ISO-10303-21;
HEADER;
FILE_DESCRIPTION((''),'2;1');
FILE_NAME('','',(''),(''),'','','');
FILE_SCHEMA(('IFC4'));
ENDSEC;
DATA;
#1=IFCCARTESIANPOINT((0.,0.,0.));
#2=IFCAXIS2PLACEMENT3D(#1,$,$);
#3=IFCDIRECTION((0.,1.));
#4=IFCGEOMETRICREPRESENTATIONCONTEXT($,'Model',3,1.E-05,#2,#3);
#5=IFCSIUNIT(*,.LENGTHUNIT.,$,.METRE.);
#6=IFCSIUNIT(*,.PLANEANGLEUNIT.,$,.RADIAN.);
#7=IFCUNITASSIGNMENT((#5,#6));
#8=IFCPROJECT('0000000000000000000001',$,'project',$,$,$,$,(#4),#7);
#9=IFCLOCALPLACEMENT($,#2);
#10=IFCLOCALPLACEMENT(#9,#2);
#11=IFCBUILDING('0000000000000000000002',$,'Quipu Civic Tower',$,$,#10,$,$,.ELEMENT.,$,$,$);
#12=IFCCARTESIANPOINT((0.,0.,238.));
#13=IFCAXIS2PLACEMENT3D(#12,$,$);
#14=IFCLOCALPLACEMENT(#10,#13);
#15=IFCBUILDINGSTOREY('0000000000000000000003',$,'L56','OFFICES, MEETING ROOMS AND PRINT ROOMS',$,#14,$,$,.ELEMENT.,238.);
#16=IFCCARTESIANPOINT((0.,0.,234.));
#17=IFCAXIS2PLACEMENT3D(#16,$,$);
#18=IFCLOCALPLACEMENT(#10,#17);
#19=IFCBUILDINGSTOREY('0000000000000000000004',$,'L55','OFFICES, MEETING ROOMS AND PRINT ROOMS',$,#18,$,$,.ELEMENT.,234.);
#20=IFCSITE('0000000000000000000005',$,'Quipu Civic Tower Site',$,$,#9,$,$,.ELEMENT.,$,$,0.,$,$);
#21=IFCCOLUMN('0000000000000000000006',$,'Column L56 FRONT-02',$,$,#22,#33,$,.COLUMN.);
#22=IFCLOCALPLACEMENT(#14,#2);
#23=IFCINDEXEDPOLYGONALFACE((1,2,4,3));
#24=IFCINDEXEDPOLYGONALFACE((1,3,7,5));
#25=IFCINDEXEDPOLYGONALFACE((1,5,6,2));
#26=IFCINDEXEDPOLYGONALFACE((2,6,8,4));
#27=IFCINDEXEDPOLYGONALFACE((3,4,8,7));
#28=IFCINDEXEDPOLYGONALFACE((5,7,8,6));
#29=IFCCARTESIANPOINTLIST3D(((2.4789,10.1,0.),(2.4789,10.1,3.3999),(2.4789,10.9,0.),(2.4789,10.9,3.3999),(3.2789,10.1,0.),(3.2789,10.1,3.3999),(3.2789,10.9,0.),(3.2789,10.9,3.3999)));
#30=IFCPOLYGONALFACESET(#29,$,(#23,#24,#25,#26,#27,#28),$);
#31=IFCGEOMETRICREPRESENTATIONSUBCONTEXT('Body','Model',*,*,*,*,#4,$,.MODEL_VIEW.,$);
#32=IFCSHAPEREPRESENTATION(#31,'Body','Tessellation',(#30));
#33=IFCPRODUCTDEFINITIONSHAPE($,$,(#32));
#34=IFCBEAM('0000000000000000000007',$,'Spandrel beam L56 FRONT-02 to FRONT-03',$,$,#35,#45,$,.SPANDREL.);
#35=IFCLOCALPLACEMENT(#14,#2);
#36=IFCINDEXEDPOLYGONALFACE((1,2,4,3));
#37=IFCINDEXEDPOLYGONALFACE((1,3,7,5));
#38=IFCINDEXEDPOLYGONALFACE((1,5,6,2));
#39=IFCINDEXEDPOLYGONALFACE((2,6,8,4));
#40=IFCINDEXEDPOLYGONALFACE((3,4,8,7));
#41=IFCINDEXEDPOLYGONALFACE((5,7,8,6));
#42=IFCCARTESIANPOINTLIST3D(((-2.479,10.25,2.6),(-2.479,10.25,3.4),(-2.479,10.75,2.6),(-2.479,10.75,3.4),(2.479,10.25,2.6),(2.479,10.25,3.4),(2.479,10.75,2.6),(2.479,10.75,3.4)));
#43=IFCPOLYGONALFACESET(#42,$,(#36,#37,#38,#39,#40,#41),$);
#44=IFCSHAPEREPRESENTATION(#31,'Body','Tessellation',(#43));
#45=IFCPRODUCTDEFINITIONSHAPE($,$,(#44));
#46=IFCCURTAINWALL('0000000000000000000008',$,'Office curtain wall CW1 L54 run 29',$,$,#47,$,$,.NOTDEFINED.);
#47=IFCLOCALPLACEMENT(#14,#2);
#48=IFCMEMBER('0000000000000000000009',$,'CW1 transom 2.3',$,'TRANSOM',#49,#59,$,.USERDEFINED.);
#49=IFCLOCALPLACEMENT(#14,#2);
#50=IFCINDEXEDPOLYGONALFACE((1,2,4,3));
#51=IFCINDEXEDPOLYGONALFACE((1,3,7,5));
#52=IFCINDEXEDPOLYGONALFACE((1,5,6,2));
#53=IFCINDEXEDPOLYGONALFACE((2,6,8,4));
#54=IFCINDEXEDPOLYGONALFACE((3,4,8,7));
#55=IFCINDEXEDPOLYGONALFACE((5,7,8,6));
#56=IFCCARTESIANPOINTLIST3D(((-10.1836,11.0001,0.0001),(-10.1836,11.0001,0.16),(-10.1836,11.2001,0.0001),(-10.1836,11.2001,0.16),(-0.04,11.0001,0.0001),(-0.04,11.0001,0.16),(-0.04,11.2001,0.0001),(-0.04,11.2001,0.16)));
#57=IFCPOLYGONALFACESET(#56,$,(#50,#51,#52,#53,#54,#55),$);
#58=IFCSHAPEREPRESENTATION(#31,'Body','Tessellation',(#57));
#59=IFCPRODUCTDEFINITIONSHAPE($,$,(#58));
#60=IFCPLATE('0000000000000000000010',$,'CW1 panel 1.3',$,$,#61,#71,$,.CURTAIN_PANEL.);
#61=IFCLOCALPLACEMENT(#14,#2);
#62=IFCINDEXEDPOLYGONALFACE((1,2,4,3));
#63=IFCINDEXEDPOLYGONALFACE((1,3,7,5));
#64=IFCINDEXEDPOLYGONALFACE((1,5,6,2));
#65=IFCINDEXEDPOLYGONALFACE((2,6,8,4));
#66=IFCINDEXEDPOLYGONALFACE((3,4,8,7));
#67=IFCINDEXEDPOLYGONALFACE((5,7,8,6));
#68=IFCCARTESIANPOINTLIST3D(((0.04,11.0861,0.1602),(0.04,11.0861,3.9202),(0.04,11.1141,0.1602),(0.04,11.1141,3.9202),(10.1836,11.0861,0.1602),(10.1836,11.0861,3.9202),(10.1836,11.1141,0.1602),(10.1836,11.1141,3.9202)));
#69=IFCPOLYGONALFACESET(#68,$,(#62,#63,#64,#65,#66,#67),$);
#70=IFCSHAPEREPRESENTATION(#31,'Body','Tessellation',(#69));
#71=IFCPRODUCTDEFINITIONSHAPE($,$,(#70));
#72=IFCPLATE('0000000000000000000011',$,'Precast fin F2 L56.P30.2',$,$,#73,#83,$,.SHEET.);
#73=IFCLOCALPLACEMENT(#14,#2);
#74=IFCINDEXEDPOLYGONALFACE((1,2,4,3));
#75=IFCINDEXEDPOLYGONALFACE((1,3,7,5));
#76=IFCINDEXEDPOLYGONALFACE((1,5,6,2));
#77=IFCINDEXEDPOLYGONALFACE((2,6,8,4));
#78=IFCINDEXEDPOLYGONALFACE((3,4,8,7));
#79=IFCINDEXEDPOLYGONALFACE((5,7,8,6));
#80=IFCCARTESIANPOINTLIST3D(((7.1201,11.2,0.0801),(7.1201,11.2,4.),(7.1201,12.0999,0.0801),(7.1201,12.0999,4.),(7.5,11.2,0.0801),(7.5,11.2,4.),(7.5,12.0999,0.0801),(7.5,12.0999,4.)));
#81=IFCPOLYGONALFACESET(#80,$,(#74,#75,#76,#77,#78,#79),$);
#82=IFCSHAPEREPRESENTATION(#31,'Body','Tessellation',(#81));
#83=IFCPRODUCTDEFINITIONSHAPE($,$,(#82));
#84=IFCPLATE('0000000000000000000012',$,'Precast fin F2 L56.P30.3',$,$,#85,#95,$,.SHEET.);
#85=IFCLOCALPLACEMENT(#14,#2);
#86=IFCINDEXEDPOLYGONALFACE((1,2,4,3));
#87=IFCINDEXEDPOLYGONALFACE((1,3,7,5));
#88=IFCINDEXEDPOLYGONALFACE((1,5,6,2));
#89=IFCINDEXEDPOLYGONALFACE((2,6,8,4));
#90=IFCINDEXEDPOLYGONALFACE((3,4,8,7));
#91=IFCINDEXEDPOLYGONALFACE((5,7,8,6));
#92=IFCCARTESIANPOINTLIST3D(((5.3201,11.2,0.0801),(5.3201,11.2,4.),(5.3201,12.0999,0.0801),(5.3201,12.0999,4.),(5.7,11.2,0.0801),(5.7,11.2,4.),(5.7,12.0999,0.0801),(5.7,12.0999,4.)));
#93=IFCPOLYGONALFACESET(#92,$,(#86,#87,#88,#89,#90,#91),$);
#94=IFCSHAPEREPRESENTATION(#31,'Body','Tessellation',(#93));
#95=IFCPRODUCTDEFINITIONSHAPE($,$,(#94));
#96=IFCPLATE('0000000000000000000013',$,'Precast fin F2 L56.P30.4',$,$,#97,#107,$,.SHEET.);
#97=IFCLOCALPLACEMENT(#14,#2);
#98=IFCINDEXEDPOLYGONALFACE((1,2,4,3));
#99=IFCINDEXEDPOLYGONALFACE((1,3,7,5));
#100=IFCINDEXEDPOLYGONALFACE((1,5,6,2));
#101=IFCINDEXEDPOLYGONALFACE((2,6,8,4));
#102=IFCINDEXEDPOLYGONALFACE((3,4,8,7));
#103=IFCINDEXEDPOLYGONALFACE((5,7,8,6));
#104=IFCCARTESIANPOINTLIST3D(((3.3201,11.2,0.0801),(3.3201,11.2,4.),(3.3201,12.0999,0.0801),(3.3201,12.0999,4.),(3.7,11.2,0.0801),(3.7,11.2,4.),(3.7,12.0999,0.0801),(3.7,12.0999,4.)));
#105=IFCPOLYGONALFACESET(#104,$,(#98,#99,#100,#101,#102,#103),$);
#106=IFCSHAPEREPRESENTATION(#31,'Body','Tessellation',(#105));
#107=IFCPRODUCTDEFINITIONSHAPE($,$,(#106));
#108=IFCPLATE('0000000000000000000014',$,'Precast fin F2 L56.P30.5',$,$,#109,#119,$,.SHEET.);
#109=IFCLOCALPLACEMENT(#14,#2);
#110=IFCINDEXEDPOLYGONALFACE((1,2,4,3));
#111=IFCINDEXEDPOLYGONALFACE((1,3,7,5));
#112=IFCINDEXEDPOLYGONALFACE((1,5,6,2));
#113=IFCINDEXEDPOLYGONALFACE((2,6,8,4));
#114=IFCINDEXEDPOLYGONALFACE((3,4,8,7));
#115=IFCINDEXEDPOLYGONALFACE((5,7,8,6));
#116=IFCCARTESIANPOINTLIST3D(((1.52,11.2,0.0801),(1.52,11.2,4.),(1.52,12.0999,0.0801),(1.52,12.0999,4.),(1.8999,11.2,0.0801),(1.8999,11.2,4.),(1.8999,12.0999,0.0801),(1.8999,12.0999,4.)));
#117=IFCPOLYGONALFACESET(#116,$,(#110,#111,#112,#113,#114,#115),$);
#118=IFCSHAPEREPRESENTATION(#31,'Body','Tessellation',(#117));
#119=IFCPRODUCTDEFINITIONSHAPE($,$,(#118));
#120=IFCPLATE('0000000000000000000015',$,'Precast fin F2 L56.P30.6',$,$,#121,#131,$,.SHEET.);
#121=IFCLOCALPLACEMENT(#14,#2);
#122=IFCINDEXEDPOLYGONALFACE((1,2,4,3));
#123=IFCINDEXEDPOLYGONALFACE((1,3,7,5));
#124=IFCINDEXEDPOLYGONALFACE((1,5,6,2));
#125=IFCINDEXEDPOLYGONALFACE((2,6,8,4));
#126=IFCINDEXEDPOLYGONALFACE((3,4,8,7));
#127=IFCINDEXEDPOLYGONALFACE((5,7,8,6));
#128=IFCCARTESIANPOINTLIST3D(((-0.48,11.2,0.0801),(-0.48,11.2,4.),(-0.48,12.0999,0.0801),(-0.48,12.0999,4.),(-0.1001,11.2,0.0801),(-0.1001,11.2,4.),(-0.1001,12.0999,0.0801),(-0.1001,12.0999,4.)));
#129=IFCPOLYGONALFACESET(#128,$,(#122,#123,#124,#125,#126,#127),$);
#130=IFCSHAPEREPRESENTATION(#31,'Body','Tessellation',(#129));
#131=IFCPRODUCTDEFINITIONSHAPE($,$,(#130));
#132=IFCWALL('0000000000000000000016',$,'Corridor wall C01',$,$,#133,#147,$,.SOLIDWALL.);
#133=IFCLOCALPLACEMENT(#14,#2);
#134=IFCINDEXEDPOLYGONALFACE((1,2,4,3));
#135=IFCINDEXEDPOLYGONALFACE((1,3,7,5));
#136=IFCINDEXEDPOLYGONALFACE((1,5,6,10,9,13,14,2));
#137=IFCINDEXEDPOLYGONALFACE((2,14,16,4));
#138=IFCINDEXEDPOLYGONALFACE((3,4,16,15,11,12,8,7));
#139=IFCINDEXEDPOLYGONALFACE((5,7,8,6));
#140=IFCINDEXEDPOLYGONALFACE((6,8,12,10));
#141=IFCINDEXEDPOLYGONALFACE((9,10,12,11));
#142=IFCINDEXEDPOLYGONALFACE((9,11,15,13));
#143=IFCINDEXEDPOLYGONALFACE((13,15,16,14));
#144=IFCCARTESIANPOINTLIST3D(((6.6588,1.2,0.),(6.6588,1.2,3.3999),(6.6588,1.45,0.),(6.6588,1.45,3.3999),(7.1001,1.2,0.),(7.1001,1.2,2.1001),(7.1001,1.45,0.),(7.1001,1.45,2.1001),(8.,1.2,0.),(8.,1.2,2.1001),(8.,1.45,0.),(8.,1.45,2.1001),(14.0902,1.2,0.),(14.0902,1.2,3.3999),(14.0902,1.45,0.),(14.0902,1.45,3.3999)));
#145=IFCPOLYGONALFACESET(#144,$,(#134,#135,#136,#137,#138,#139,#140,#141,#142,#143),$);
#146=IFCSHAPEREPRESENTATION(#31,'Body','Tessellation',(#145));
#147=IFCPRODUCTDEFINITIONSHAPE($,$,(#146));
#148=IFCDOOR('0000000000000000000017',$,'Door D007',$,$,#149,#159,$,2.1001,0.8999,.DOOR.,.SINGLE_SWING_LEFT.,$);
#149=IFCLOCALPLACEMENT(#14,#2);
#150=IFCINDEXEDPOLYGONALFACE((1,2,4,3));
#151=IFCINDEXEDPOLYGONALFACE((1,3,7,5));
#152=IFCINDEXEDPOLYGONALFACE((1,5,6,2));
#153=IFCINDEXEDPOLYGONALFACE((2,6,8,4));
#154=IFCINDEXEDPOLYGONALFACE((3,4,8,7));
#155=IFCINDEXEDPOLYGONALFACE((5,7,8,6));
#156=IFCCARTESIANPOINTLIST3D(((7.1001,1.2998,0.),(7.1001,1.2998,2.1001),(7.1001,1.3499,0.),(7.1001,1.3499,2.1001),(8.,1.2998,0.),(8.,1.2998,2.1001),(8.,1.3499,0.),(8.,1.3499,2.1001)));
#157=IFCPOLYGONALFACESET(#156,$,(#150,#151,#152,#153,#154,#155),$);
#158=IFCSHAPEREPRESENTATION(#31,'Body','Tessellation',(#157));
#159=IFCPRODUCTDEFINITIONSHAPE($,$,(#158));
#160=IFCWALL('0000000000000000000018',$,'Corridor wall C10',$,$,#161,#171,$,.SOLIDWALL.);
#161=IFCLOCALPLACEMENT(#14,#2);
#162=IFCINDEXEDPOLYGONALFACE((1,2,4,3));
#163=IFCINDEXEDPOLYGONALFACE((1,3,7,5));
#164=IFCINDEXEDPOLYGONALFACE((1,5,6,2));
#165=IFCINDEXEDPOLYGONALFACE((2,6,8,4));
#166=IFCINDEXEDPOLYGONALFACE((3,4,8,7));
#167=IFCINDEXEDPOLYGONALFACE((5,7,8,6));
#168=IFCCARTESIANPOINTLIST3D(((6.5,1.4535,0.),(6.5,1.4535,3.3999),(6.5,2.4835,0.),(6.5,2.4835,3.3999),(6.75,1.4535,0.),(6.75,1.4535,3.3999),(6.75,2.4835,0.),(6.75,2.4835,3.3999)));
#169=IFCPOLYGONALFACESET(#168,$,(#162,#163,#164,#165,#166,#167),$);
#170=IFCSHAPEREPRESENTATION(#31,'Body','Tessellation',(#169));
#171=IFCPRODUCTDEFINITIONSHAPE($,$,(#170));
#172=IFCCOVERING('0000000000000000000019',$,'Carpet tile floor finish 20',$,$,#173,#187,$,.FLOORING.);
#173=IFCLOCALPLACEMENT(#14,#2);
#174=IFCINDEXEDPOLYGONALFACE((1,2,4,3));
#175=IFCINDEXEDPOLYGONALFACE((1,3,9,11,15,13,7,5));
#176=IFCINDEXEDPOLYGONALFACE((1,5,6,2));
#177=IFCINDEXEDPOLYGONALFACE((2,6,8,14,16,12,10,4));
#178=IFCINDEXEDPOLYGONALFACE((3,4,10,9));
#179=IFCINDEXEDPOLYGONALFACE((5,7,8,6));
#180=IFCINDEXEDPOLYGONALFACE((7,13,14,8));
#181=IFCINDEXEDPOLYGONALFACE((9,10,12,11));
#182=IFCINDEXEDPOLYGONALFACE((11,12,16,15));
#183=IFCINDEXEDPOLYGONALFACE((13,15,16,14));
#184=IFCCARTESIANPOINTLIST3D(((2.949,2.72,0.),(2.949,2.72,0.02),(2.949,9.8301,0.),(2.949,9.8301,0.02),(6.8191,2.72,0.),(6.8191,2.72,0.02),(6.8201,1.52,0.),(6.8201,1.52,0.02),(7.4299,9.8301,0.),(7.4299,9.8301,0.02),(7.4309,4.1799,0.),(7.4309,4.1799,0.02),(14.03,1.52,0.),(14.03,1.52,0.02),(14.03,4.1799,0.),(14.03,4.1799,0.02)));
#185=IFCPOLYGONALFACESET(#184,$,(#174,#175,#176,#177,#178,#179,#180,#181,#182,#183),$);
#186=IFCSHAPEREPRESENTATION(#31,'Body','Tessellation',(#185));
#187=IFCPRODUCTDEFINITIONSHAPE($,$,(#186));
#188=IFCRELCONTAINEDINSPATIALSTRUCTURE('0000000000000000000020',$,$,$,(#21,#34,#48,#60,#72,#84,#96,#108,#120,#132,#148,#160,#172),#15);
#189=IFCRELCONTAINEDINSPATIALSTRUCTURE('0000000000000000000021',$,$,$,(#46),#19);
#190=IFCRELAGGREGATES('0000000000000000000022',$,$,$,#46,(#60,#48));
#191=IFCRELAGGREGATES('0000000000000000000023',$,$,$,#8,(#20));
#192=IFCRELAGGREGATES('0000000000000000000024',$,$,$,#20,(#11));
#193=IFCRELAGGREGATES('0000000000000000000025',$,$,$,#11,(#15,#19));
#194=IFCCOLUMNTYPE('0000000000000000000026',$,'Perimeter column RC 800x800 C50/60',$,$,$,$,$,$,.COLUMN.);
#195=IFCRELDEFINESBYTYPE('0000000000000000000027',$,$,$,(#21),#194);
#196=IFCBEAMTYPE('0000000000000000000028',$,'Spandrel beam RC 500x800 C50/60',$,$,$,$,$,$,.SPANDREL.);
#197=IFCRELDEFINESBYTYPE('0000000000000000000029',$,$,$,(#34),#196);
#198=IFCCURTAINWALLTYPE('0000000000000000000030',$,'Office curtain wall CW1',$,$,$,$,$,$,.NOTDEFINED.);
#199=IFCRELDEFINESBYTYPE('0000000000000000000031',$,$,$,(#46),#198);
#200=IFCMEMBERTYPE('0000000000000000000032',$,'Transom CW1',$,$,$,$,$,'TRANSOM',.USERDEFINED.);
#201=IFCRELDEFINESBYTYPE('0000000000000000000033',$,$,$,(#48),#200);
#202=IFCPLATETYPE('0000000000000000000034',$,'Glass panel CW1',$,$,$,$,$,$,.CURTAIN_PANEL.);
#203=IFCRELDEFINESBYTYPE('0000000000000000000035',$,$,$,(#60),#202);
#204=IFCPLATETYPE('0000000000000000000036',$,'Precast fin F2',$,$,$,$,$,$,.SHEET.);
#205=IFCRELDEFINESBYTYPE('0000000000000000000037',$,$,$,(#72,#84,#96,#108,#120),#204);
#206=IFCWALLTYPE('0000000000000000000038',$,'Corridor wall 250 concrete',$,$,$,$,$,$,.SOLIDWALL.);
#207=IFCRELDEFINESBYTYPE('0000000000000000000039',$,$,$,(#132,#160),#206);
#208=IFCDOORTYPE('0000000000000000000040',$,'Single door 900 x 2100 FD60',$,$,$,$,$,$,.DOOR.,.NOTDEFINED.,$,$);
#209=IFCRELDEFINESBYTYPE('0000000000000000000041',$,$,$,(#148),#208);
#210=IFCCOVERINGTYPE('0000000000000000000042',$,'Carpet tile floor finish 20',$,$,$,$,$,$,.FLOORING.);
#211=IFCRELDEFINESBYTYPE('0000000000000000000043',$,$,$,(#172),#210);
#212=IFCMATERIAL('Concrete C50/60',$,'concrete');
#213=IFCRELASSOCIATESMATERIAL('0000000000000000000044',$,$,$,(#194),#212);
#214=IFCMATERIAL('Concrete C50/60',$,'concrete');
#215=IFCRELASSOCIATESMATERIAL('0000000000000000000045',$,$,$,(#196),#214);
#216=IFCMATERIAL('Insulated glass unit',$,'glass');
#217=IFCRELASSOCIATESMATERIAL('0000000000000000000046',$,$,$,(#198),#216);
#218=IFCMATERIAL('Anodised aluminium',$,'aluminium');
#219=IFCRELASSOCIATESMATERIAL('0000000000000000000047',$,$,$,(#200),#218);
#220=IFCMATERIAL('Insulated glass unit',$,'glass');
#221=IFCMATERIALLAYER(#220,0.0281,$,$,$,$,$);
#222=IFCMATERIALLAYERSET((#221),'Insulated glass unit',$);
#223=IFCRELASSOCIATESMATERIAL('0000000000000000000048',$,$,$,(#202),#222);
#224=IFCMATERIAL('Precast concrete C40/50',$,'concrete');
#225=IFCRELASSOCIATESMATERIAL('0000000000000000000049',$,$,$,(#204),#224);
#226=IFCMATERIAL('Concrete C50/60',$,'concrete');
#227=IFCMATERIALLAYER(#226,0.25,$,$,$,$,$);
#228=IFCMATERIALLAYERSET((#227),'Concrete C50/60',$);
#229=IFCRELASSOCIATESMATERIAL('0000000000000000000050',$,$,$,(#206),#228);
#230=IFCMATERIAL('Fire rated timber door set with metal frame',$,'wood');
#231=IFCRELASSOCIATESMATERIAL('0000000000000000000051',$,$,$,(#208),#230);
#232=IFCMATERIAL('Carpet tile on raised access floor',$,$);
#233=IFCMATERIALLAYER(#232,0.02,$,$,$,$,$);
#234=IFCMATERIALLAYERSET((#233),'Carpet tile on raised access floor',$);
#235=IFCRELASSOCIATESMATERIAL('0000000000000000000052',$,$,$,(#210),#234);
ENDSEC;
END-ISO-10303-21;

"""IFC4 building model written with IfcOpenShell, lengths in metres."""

from ifc_helpers import new_model, si_unit, direction, frame, frame_2d, origin, origin_2d, place, context, subcontext, project, spatial, polyline, rectangle, outline, extrude, material, layer, layer_set, material_profile, profile_set, type_object, element, fill, aggregate, save


model = new_model("IFC4")

# Units and contexts
model_context = context("Model", 3, precision=1e-05, world=origin(), true_north=direction((0.0, 1.0)))
body_context = subcontext(model_context, "Body", "Model", "MODEL_VIEW")
ifc_project = project(units=[si_unit("LENGTHUNIT", "METRE"), si_unit("PLANEANGLEUNIT", "RADIAN")], contexts=[model_context])

# Site, building, storey
site_placement = place(None, origin())
site = spatial("IfcSite", under=ifc_project, at=site_placement, Name="Quipu Civic Tower Site", CompositionType="ELEMENT", RefElevation=0.0)
building_placement = place(site_placement, origin())
building = spatial("IfcBuilding", under=site, at=building_placement, Name="Quipu Civic Tower", CompositionType="ELEMENT")
storey_1_placement = place(building_placement, frame((0.0, 0.0, 238.0)))
storey_1 = spatial("IfcBuildingStorey", under=building, at=storey_1_placement, Name="L56", Description="OFFICES, MEETING ROOMS AND PRINT ROOMS", CompositionType="ELEMENT", Elevation=238.0)

# Column
ifc_material_1 = material(Name="Concrete C50/60", Category="concrete")
ifc_material_profile_1 = material_profile(ifc_material_1, rectangle(XDim=0.8, YDim=0.8, at=origin_2d()), Name="RC800x800")
ifc_profile_set_1 = profile_set([ifc_material_profile_1], Name="Concrete C50/60")
column_type = type_object("IfcColumnType", Name="Perimeter column RC 800x800 C50/60", PredefinedType="COLUMN", material=ifc_profile_set_1)
column_placement = place(storey_1_placement, frame((2.8789, 10.5, 0.0), z_axis=(0.0, 0.0, 1.0), x_axis=(-1.0, 0.0, 0.0)))
element("IfcColumn", 1, at=column_placement, inside=storey_1, type_object=column_type, Name="Column L56 FRONT-02", PredefinedType="COLUMN", context=body_context, shape_type="SweptSolid", body=[
    extrude(rectangle(XDim=0.8, YDim=0.8, at=origin_2d()), origin(), (0.0, 0.0, 1.0), 3.3999),
])

# Beam
ifc_material_2 = material(Name="Concrete C50/60", Category="concrete")
ifc_material_profile_2 = material_profile(ifc_material_2, rectangle(XDim=0.5, YDim=0.8, at=origin_2d()), Name="RC500x800")
ifc_profile_set_2 = profile_set([ifc_material_profile_2], Name="Concrete C50/60")
beam_type = type_object("IfcBeamType", Name="Spandrel beam RC 500x800 C50/60", PredefinedType="SPANDREL", material=ifc_profile_set_2)
beam_placement = place(storey_1_placement, frame((2.479, 10.5, 3.0), z_axis=(-1.0, 0.0, 0.0), x_axis=(0.0, -1.0, 0.0)))
element("IfcBeam", 2, at=beam_placement, inside=storey_1, type_object=beam_type, Name="Spandrel beam L56 FRONT-02 to FRONT-03", PredefinedType="SPANDREL", context=body_context, shape_type="SweptSolid", body=[
    extrude(rectangle(XDim=0.5, YDim=0.8, at=origin_2d()), origin(), (0.0, 0.0, 1.0), 4.958),
])

# Shared definitions
storey_2_placement = place(building_placement, frame((0.0, 0.0, 234.0)))
storey_2 = spatial("IfcBuildingStorey", under=building, at=storey_2_placement, Name="L55", Description="OFFICES, MEETING ROOMS AND PRINT ROOMS", CompositionType="ELEMENT", Elevation=234.0)

# Curtain wall, member, plate
ifc_material_3 = material(Name="Insulated glass unit", Category="glass")
curtain_wall_type = type_object("IfcCurtainWallType", Name="Office curtain wall CW1", PredefinedType="NOTDEFINED", material=ifc_material_3)
curtain_wall_placement = place(storey_2_placement, origin())
curtain_wall = element("IfcCurtainWall", 3, at=curtain_wall_placement, inside=storey_2, type_object=curtain_wall_type, Name="Office curtain wall CW1 L54 run 29", PredefinedType="NOTDEFINED")
ifc_material_4 = material(Name="Anodised aluminium", Category="aluminium")
ifc_material_profile_3 = material_profile(ifc_material_4, rectangle(XDim=0.2, YDim=0.1599, at=origin_2d()), Name="RECT 200x160")
ifc_profile_set_3 = profile_set([ifc_material_profile_3], Name="Anodised aluminium")
member_type = type_object("IfcMemberType", Name="Transom CW1", ElementType="TRANSOM", PredefinedType="USERDEFINED", material=ifc_profile_set_3)
member_placement = place(storey_1_placement, frame((-0.04, 11.1001, 0.0801), z_axis=(-1.0, 0.0, 0.0), x_axis=(0.0, -1.0, 0.0)))
member = element("IfcMember", 4, at=member_placement, inside=storey_1, type_object=member_type, Name="CW1 transom 2.3", ObjectType="TRANSOM", PredefinedType="USERDEFINED", context=body_context, shape_type="SweptSolid", body=[
    extrude(rectangle(XDim=0.2, YDim=0.1599, at=origin_2d()), origin(), (0.0, 0.0, 1.0), 10.1436),
])
ifc_material_5 = material(Name="Insulated glass unit", Category="glass")
ifc_layer_1 = layer(ifc_material_5, 0.0281)
ifc_layer_set_1 = layer_set([ifc_layer_1], Name="Insulated glass unit")
plate_type_1 = type_object("IfcPlateType", Name="Glass panel CW1", PredefinedType="CURTAIN_PANEL", material=ifc_layer_set_1)
plate_placement = place(storey_1_placement, frame((5.1118, 11.1001, 0.1602), z_axis=(0.0, 0.0, 1.0), x_axis=(-1.0, 0.0, 0.0)))
plate = element("IfcPlate", 5, at=plate_placement, inside=storey_1, type_object=plate_type_1, Name="CW1 panel 1.3", PredefinedType="CURTAIN_PANEL", context=body_context, shape_type="SweptSolid", body=[
    extrude(rectangle(XDim=10.1436, YDim=0.0281, at=origin_2d()), origin(), (0.0, 0.0, 1.0), 3.76),
])
aggregate(curtain_wall, [plate, member])

# Plates
ifc_material_6 = material(Name="Precast concrete C40/50", Category="concrete")
plate_type_2 = type_object("IfcPlateType", Name="Precast fin F2", PredefinedType="SHEET", material=ifc_material_6)
for number, where, z_axis, x_axis, name in (
    (6, (7.3101, 11.6499, 0.0801), (0.0, 0.0, 1.0), (-1.0, 0.0, 0.0), "Precast fin F2 L56.P30.2"),
    (7, (5.51, 11.6499, 0.0801), (0.0, 0.0, 1.0), (-1.0, 0.0, 0.0), "Precast fin F2 L56.P30.3"),
    (8, (3.51, 11.6499, 0.0801), (0.0, 0.0, 1.0), (-1.0, 0.0, 0.0), "Precast fin F2 L56.P30.4"),
    (9, (1.71, 11.6499, 0.0801), (0.0, 0.0, 1.0), (-1.0, 0.0, 0.0), "Precast fin F2 L56.P30.5"),
    (10, (-0.29, 11.6499, 0.0801), (0.0, 0.0, 1.0), (-1.0, 0.0, 0.0), "Precast fin F2 L56.P30.6"),
):
    element("IfcPlate", number, at=place(storey_1_placement, frame(where, z_axis=z_axis, x_axis=x_axis)), inside=storey_1, type_object=plate_type_2, Name=name, PredefinedType="SHEET", context=body_context, shape_type="SweptSolid", body=[
        extrude(rectangle(XDim=0.3799, YDim=0.8999, at=origin_2d()), origin(), (0.0, 0.0, 1.0), 3.9199),
    ])

# Wall, opening, door
ifc_material_7 = material(Name="Concrete C50/60", Category="concrete")
ifc_layer_2 = layer(ifc_material_7, 0.25)
ifc_layer_set_2 = layer_set([ifc_layer_2], Name="Concrete C50/60")
wall_type_1 = type_object("IfcWallType", Name="Corridor wall 250 concrete", PredefinedType="SOLIDWALL", material=ifc_layer_set_2)
wall_1_placement = place(storey_1_placement, frame((6.6587, 1.325, 0.0), z_axis=(0.0, 0.0, 1.0), x_axis=(1.0, 0.0, 0.0)))
wall_1 = element("IfcWall", 11, at=wall_1_placement, inside=storey_1, type_object=wall_type_1, Name="Corridor wall C01", PredefinedType="SOLIDWALL", context=body_context, shape_type="SweptSolid", body=[
    extrude(rectangle(XDim=7.4314, YDim=0.25, at=frame_2d((3.7158, 0.0))), origin(), (0.0, 0.0, 1.0), 3.3999),
])
opening_placement = place(wall_1_placement, frame((0.4414, 0.0, 0.0)))
opening = element("IfcOpeningElement", 12, at=opening_placement, cuts=wall_1, PredefinedType="OPENING", context=body_context, shape_type="SweptSolid", body=[
    extrude(rectangle(XDim=0.8999, YDim=2.1001, at=frame_2d((0.45, 1.05))), frame((0.0, 0.135, 0.0), z_axis=(0.0, -1.0, 0.0), x_axis=(1.0, 0.0, 0.0)), (0.0, 0.0, 1.0), 0.27),
])
ifc_material_8 = material(Name="Fire rated timber door set with metal frame", Category="wood")
door_type = type_object("IfcDoorType", Name="Single door 900 x 2100 FD60", OperationType="NOTDEFINED", PredefinedType="DOOR", material=ifc_material_8)
door_placement = place(opening_placement, origin())
door = element("IfcDoor", 13, at=door_placement, inside=storey_1, type_object=door_type, Name="Door D007", OperationType="SINGLE_SWING_LEFT", OverallHeight=2.1001, OverallWidth=0.8999, PredefinedType="DOOR", context=body_context, shape_type="SweptSolid", body=[
    extrude(rectangle(XDim=0.8999, YDim=2.1001, at=frame_2d((0.45, 1.05))), frame((0.0, 0.0249, 0.0), z_axis=(0.0, -1.0, 0.0), x_axis=(1.0, 0.0, 0.0)), (0.0, 0.0, 1.0), 0.05),
])
fill(opening, door)

# Wall
wall_2_placement = place(storey_1_placement, frame((6.625, 2.4836, 0.0), z_axis=(0.0, 0.0, 1.0), x_axis=(0.0, -1.0, 0.0)))
element("IfcWall", 14, at=wall_2_placement, inside=storey_1, type_object=wall_type_1, Name="Corridor wall C10", PredefinedType="SOLIDWALL", context=body_context, shape_type="SweptSolid", body=[
    extrude(rectangle(XDim=1.03, YDim=0.25, at=frame_2d((0.5151, 0.0))), origin(), (0.0, 0.0, 1.0), 3.3999),
])

# Covering
ifc_material_9 = material(Name="Carpet tile on raised access floor")
ifc_layer_3 = layer(ifc_material_9, 0.02)
ifc_layer_set_3 = layer_set([ifc_layer_3], Name="Carpet tile on raised access floor")
covering_type_1 = type_object("IfcCoveringType", Name="Carpet tile floor finish 20", PredefinedType="FLOORING", material=ifc_layer_set_3)
covering_1_placement = place(storey_1_placement, origin())
element("IfcCovering", 15, at=covering_1_placement, inside=storey_1, type_object=covering_type_1, Name="Carpet tile floor finish 20", PredefinedType="FLOORING", context=body_context, shape_type="SweptSolid", body=[
    extrude(outline(polyline([(2.949, 2.72), (2.949, 9.8301), (7.4299, 9.8301), (7.4309, 4.1799), (14.03, 4.1799), (14.03, 1.52), (6.8201, 1.52), (6.8191, 2.72), (2.949, 2.72)])), origin(), (0.0, 0.0, 1.0), 0.02),
])

save(model, "model.ifc")
